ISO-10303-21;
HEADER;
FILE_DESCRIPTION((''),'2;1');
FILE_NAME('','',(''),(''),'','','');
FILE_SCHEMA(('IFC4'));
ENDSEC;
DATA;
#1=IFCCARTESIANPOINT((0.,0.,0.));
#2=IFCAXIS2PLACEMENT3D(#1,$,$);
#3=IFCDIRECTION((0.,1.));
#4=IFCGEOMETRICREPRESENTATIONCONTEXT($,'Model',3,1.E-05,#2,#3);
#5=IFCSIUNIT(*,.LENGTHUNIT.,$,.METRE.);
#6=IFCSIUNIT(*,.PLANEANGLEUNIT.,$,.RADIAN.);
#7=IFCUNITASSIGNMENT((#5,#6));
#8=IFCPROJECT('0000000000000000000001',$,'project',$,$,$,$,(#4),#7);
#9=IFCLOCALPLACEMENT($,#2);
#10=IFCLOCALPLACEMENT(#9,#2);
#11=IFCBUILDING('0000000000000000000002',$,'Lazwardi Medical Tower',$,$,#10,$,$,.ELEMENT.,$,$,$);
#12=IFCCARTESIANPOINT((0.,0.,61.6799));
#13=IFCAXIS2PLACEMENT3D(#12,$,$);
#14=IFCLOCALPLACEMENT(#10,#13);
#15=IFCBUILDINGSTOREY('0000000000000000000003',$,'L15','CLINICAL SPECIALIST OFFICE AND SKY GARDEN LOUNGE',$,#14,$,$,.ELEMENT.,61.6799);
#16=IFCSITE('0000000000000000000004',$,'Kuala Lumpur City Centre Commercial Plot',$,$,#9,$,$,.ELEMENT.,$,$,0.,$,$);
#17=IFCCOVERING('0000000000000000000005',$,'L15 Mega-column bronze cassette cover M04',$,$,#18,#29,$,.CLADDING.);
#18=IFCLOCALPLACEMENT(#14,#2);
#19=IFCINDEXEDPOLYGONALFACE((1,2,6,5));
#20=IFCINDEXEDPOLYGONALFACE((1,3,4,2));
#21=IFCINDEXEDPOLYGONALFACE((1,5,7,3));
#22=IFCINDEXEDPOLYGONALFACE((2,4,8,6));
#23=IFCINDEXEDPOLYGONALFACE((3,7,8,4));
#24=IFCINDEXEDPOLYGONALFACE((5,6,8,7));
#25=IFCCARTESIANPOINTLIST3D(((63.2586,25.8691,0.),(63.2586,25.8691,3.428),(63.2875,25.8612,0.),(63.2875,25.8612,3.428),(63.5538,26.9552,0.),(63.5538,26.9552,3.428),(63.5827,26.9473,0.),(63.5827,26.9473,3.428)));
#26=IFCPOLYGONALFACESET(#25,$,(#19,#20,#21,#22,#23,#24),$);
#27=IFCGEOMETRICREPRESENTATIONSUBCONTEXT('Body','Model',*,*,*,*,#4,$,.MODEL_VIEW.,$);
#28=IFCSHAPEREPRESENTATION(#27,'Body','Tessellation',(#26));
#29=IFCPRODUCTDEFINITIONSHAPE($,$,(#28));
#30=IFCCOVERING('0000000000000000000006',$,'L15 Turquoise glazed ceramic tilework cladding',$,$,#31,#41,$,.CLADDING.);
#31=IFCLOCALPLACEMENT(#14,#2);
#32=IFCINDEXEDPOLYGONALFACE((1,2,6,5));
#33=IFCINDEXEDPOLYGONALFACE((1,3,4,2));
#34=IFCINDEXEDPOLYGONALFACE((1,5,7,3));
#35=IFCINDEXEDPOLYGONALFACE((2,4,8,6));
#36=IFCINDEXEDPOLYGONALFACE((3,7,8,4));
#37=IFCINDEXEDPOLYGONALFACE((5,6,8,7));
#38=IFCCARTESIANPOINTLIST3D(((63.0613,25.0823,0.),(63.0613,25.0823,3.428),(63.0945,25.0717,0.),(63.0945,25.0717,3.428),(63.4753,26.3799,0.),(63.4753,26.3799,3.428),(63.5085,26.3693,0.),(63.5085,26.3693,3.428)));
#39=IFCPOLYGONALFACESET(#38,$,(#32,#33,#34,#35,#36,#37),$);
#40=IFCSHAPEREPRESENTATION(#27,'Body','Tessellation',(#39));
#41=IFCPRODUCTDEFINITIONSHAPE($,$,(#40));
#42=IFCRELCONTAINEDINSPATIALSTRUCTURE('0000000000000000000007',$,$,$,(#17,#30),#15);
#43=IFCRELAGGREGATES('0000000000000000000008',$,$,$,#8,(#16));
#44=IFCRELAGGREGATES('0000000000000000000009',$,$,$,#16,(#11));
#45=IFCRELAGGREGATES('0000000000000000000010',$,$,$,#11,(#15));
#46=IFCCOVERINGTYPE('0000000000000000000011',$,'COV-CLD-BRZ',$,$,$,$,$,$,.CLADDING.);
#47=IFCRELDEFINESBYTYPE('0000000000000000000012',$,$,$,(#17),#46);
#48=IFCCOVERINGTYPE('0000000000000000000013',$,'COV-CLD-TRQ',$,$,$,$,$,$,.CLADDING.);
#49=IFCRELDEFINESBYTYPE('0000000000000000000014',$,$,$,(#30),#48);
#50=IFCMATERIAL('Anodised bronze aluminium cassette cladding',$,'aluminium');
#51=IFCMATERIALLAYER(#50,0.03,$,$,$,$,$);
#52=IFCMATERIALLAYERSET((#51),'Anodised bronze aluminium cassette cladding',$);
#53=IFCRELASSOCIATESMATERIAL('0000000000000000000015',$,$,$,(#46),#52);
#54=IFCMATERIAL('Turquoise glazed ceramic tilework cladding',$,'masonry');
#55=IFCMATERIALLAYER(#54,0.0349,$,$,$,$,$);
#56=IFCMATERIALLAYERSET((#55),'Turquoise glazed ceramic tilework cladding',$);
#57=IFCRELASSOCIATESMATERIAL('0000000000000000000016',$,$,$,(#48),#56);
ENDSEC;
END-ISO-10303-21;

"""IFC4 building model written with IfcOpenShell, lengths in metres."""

from ifc_helpers import new_model, si_unit, direction, frame, origin, origin_2d, place, context, subcontext, project, spatial, rectangle, extrude, material, layer, layer_set, type_object, element, save


model = new_model("IFC4")

# Units and contexts
model_context = context("Model", 3, precision=1e-05, world=origin(), true_north=direction((0.0, 1.0)))
body_context = subcontext(model_context, "Body", "Model", "MODEL_VIEW")
ifc_project = project(units=[si_unit("LENGTHUNIT", "METRE"), si_unit("PLANEANGLEUNIT", "RADIAN")], contexts=[model_context])

# Site, building, storey
site_placement = place(None, origin())
site = spatial("IfcSite", under=ifc_project, at=site_placement, Name="Kuala Lumpur City Centre Commercial Plot", CompositionType="ELEMENT", RefElevation=0.0)
building_placement = place(site_placement, origin())
building = spatial("IfcBuilding", under=site, at=building_placement, Name="Lazwardi Medical Tower", CompositionType="ELEMENT")
storey_placement = place(building_placement, frame((0.0, 0.0, 61.6799)))
storey = spatial("IfcBuildingStorey", under=building, at=storey_placement, Name="L15", Description="CLINICAL SPECIALIST OFFICE AND SKY GARDEN LOUNGE", CompositionType="ELEMENT", Elevation=61.6799)

# Coverings
ifc_material_1 = material(Name="Anodised bronze aluminium cassette cladding", Category="aluminium")
ifc_layer_1 = layer(ifc_material_1, 0.03)
ifc_layer_set_1 = layer_set([ifc_layer_1], Name="Anodised bronze aluminium cassette cladding")
covering_type_1 = type_object("IfcCoveringType", Name="COV-CLD-BRZ", PredefinedType="CLADDING", material=ifc_layer_set_1)
covering_1_placement = place(storey_placement, frame((63.4207, 26.4082, 0.0), z_axis=(0.0, 0.0, 1.0), x_axis=(0.262283, 0.964991, 0.0)))
element("IfcCovering", 1, at=covering_1_placement, inside=storey, type_object=covering_type_1, Name="L15 Mega-column bronze cassette cover M04", PredefinedType="CLADDING", context=body_context, shape_type="SweptSolid", body=[
    extrude(rectangle(XDim=1.1255, YDim=0.03, at=origin_2d()), origin(), (0.0, 0.0, 1.0), 3.428),
])
ifc_material_2 = material(Name="Turquoise glazed ceramic tilework cladding", Category="masonry")
ifc_layer_2 = layer(ifc_material_2, 0.0349)
ifc_layer_set_2 = layer_set([ifc_layer_2], Name="Turquoise glazed ceramic tilework cladding")
covering_type_2 = type_object("IfcCoveringType", Name="COV-CLD-TRQ", PredefinedType="CLADDING", material=ifc_layer_set_2)
covering_2_placement = place(storey_placement, frame((63.2849, 25.7258, 0.0), z_axis=(0.0, 0.0, 1.0), x_axis=(0.303955, 0.952686, 0.0)))
element("IfcCovering", 2, at=covering_2_placement, inside=storey, type_object=covering_type_2, Name="L15 Turquoise glazed ceramic tilework cladding", PredefinedType="CLADDING", context=body_context, shape_type="SweptSolid", body=[
    extrude(rectangle(XDim=1.3621, YDim=0.0349, at=origin_2d()), origin(), (0.0, 0.0, 1.0), 3.428),
])

save(model, "model.ifc")
